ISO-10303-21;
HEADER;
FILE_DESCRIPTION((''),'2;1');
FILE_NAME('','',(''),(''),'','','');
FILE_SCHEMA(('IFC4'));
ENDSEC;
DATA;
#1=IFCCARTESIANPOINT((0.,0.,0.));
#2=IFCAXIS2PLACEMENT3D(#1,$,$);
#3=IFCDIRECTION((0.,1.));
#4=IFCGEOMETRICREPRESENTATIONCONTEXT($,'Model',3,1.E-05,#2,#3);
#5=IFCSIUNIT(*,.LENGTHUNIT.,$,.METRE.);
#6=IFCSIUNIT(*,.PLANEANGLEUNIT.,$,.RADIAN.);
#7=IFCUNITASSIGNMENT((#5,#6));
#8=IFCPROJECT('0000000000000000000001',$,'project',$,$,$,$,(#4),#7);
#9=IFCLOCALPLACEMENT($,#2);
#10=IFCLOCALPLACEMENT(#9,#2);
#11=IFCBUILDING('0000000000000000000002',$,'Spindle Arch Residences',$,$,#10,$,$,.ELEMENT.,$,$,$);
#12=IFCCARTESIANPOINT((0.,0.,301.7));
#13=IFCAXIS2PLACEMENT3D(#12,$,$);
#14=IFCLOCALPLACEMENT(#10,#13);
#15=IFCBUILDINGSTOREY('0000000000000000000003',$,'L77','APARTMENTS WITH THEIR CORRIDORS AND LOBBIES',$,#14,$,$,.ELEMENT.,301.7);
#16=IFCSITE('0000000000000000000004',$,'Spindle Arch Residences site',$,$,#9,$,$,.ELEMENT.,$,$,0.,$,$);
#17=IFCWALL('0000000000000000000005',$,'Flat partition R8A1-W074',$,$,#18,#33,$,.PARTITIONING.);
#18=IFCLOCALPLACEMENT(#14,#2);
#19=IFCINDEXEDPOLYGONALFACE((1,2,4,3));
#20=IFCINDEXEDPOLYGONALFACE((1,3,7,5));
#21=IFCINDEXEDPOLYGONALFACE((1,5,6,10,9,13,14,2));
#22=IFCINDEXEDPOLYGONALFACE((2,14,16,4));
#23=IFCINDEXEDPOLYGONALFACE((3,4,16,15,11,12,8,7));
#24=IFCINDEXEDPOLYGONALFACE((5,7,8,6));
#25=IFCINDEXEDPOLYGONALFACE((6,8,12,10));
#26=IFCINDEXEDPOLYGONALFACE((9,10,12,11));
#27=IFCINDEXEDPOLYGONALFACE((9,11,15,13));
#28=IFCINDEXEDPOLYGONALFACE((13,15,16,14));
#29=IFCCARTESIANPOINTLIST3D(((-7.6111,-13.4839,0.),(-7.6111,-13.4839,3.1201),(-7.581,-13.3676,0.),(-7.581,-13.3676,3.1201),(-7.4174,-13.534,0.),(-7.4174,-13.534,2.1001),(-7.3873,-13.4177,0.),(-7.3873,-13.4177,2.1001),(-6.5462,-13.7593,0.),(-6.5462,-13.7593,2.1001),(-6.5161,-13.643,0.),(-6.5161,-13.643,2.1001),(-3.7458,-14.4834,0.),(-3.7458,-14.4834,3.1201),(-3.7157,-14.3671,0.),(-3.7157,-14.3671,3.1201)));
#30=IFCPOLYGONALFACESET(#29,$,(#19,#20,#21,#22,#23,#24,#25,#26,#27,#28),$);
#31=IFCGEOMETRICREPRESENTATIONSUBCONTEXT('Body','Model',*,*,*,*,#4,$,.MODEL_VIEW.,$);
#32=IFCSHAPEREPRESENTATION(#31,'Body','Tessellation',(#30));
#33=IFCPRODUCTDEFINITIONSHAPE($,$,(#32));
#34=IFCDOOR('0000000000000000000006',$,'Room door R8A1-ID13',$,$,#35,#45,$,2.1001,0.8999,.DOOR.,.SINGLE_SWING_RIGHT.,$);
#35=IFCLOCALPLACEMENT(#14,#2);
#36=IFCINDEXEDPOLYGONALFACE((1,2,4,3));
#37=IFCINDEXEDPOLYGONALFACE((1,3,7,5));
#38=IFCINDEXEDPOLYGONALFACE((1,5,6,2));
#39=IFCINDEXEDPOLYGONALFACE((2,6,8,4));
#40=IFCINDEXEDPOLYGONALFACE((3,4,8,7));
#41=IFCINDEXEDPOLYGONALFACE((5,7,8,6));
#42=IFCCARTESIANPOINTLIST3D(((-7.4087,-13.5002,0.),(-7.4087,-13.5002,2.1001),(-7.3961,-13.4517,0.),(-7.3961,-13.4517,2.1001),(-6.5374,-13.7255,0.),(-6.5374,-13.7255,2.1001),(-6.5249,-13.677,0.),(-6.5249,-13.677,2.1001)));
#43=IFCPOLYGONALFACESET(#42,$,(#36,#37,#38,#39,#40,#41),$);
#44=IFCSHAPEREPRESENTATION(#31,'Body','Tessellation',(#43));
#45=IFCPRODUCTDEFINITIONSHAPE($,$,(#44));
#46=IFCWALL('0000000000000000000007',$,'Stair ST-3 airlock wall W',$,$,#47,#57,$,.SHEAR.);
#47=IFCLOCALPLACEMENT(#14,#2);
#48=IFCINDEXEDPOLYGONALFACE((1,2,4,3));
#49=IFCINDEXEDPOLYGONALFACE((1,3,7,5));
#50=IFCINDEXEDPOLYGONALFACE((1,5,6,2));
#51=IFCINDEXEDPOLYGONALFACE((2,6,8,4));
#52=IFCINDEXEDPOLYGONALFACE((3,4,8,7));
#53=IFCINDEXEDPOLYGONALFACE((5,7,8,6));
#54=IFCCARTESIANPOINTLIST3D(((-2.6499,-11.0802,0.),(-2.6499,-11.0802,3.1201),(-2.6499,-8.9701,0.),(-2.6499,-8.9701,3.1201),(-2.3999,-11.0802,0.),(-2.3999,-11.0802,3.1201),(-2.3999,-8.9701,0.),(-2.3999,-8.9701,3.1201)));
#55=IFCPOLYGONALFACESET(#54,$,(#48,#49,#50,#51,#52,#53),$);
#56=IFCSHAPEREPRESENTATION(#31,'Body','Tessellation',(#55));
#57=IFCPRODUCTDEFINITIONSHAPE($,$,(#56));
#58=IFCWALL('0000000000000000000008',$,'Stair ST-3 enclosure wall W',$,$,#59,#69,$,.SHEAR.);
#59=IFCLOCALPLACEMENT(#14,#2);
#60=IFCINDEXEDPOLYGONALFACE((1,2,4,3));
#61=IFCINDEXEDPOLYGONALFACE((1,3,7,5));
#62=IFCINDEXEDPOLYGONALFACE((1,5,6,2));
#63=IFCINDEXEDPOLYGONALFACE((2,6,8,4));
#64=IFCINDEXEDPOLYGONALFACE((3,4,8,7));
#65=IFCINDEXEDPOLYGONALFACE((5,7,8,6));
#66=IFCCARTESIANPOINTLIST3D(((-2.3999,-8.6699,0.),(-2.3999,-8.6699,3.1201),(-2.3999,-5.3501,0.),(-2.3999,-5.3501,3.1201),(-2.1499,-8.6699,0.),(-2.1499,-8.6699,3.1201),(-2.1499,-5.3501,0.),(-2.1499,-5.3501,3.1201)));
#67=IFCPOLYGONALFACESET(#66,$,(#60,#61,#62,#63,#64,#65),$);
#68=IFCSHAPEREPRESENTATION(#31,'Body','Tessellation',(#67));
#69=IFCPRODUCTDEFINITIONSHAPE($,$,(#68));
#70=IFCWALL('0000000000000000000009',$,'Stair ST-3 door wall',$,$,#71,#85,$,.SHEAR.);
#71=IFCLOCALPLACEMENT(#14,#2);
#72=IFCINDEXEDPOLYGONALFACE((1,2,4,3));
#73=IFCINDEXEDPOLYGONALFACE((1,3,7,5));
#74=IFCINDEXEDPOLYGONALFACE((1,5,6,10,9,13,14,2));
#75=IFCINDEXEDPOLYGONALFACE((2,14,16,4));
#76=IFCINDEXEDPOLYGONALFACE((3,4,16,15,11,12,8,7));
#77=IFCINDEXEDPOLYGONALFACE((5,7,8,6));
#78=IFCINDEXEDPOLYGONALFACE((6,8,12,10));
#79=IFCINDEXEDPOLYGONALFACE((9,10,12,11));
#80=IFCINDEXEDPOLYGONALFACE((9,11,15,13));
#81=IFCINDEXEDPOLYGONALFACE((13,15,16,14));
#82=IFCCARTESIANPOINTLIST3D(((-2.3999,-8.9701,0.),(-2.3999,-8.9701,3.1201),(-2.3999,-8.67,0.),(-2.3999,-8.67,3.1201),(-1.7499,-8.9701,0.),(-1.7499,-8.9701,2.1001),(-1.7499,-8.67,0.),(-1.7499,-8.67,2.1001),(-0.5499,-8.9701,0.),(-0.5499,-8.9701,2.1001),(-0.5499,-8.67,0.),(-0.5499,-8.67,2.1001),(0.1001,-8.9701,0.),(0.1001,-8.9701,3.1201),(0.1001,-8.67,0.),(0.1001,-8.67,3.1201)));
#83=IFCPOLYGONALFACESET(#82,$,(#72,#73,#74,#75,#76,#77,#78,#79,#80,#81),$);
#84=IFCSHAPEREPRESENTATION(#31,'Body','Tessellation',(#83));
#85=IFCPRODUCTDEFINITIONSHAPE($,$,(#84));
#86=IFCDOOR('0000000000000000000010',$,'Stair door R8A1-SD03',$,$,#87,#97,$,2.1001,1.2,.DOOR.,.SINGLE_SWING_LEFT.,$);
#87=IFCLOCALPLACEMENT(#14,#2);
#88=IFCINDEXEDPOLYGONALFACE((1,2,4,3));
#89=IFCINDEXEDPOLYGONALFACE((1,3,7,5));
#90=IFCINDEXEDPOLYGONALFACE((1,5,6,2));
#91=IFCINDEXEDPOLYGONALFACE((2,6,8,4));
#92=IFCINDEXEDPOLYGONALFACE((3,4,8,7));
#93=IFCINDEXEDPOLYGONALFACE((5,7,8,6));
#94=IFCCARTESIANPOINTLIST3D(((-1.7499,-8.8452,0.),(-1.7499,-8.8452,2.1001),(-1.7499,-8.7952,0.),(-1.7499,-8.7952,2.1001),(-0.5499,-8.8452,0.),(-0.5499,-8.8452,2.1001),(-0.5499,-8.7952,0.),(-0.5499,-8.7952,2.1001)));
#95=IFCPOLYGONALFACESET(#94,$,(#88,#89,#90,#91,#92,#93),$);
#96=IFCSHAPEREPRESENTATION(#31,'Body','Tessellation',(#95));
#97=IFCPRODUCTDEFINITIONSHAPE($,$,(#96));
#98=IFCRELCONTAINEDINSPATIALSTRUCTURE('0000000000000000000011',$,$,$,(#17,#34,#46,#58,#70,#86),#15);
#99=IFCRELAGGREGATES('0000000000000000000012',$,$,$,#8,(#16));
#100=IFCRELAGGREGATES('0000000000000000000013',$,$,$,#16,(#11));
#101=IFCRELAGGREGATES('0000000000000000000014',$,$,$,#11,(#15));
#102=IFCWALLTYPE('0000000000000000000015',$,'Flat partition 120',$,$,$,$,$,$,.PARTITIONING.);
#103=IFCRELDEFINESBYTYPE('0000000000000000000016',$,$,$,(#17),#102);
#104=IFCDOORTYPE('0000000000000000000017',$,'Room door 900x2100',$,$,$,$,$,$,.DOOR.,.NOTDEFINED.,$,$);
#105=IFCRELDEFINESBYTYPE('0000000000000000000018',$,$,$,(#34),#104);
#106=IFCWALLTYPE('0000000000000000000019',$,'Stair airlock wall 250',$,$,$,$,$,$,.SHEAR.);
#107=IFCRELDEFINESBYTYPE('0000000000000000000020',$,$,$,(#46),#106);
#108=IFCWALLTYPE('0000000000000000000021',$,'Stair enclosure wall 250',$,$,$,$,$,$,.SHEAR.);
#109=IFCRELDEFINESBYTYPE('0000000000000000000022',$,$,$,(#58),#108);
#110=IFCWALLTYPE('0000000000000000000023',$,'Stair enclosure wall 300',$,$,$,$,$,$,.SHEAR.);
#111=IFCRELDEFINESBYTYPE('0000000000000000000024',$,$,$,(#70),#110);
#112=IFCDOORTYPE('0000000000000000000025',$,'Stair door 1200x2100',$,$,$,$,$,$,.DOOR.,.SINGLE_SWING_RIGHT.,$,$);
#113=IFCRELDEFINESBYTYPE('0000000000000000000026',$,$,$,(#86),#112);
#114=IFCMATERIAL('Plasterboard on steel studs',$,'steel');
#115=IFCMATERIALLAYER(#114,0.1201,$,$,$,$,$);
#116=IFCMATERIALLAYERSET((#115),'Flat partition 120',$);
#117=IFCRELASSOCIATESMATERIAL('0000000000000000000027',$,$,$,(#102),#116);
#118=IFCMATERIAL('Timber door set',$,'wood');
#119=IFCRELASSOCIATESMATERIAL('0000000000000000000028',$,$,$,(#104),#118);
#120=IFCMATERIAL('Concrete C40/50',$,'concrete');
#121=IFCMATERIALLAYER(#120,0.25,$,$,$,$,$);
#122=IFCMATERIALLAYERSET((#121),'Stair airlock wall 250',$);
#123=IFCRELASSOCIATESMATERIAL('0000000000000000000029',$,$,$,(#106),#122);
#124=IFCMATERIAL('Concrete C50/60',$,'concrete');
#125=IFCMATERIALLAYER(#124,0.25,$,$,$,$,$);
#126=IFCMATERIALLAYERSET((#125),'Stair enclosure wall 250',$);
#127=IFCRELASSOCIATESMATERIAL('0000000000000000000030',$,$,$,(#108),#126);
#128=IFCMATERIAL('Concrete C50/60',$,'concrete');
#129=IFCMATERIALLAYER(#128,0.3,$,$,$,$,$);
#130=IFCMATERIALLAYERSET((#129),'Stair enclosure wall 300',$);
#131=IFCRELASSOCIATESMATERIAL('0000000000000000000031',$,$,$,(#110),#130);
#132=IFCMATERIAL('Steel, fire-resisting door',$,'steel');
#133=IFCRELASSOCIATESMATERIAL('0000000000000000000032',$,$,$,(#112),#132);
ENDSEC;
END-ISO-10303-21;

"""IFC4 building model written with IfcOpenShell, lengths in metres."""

from ifc_helpers import new_model, si_unit, direction, frame, frame_2d, origin, place, context, subcontext, project, spatial, rectangle, extrude, material, layer, layer_set, type_object, element, fill, save


model = new_model("IFC4")

# Units and contexts
model_context = context("Model", 3, precision=1e-05, world=origin(), true_north=direction((0.0, 1.0)))
body_context = subcontext(model_context, "Body", "Model", "MODEL_VIEW")
ifc_project = project(units=[si_unit("LENGTHUNIT", "METRE"), si_unit("PLANEANGLEUNIT", "RADIAN")], contexts=[model_context])

# Site, building, storey
site_placement = place(None, origin())
site = spatial("IfcSite", under=ifc_project, at=site_placement, Name="Spindle Arch Residences site", CompositionType="ELEMENT", RefElevation=0.0)
building_placement = place(site_placement, origin())
building = spatial("IfcBuilding", under=site, at=building_placement, Name="Spindle Arch Residences", CompositionType="ELEMENT")
storey_placement = place(building_placement, frame((0.0, 0.0, 301.7)))
storey = spatial("IfcBuildingStorey", under=building, at=storey_placement, Name="L77", Description="APARTMENTS WITH THEIR CORRIDORS AND LOBBIES", CompositionType="ELEMENT", Elevation=301.7)

# Shared definitions
ifc_material_1 = material(Name="Plasterboard on steel studs", Category="steel")
ifc_layer_1 = layer(ifc_material_1, 0.1201)
ifc_layer_set_1 = layer_set([ifc_layer_1], Name="Flat partition 120")
wall_type_1 = type_object("IfcWallType", Name="Flat partition 120", PredefinedType="PARTITIONING", material=ifc_layer_set_1)

# Wall, opening, door
wall_1_placement = place(storey_placement, frame((-7.5959, -13.4258, 0.0), z_axis=(0.0, 0.0, 1.0), x_axis=(0.968154, -0.250355, 0.0)))
wall_1 = element("IfcWall", 1, at=wall_1_placement, inside=storey, type_object=wall_type_1, Name="Flat partition R8A1-W074", PredefinedType="PARTITIONING", context=body_context, shape_type="SweptSolid", body=[
    extrude(rectangle(XDim=3.9924, YDim=0.1201, at=frame_2d((1.9961, 0.0))), origin(), (0.0, 0.0, 1.0), 3.1201),
])
opening_1_placement = place(wall_1_placement, frame((0.2, 0.0, 0.0)))
opening_1 = element("IfcOpeningElement", 2, at=opening_1_placement, cuts=wall_1, PredefinedType="OPENING", context=body_context, shape_type="SweptSolid", body=[
    extrude(rectangle(XDim=0.8999, YDim=2.1001, at=frame_2d((0.45, 1.05))), frame((0.0, 0.0701, 0.0), z_axis=(0.0, -1.0, 0.0), x_axis=(1.0, 0.0, 0.0)), (0.0, 0.0, 1.0), 0.1401),
])
ifc_material_2 = material(Name="Timber door set", Category="wood")
door_type_1 = type_object("IfcDoorType", Name="Room door 900x2100", OperationType="NOTDEFINED", PredefinedType="DOOR", material=ifc_material_2)
door_1_placement = place(opening_1_placement, origin())
door_1 = element("IfcDoor", 3, at=door_1_placement, inside=storey, type_object=door_type_1, Name="Room door R8A1-ID13", OperationType="SINGLE_SWING_RIGHT", OverallHeight=2.1001, OverallWidth=0.8999, PredefinedType="DOOR", context=body_context, shape_type="SweptSolid", body=[
    extrude(rectangle(XDim=0.8999, YDim=2.1001, at=frame_2d((0.45, 1.05))), frame((0.0, 0.0249, 0.0), z_axis=(0.0, -1.0, 0.0), x_axis=(1.0, 0.0, 0.0)), (0.0, 0.0, 1.0), 0.05),
])
fill(opening_1, door_1)

# Walls
ifc_material_3 = material(Name="Concrete C40/50", Category="concrete")
ifc_layer_2 = layer(ifc_material_3, 0.25)
ifc_layer_set_2 = layer_set([ifc_layer_2], Name="Stair airlock wall 250")
wall_type_2 = type_object("IfcWallType", Name="Stair airlock wall 250", PredefinedType="SHEAR", material=ifc_layer_set_2)
wall_2_placement = place(storey_placement, frame((-2.5249, -8.97, 0.0), z_axis=(0.0, 0.0, 1.0), x_axis=(0.0, -1.0, 0.0)))
element("IfcWall", 4, at=wall_2_placement, inside=storey, type_object=wall_type_2, Name="Stair ST-3 airlock wall W", PredefinedType="SHEAR", context=body_context, shape_type="SweptSolid", body=[
    extrude(rectangle(XDim=2.1101, YDim=0.25, at=frame_2d((1.0552, 0.0))), origin(), (0.0, 0.0, 1.0), 3.1201),
])
ifc_material_4 = material(Name="Concrete C50/60", Category="concrete")
ifc_layer_3 = layer(ifc_material_4, 0.25)
ifc_layer_set_3 = layer_set([ifc_layer_3], Name="Stair enclosure wall 250")
wall_type_3 = type_object("IfcWallType", Name="Stair enclosure wall 250", PredefinedType="SHEAR", material=ifc_layer_set_3)
wall_3_placement = place(storey_placement, frame((-2.2749, -8.6699, 0.0), z_axis=(0.0, 0.0, 1.0), x_axis=(0.0, 1.0, 0.0)))
element("IfcWall", 5, at=wall_3_placement, inside=storey, type_object=wall_type_3, Name="Stair ST-3 enclosure wall W", PredefinedType="SHEAR", context=body_context, shape_type="SweptSolid", body=[
    extrude(rectangle(XDim=3.3198, YDim=0.25, at=frame_2d((1.6599, 0.0))), origin(), (0.0, 0.0, 1.0), 3.1201),
])

# Wall, opening, door
ifc_material_5 = material(Name="Concrete C50/60", Category="concrete")
ifc_layer_4 = layer(ifc_material_5, 0.3)
ifc_layer_set_4 = layer_set([ifc_layer_4], Name="Stair enclosure wall 300")
wall_type_4 = type_object("IfcWallType", Name="Stair enclosure wall 300", PredefinedType="SHEAR", material=ifc_layer_set_4)
wall_4_placement = place(storey_placement, frame((-2.3999, -8.8201, 0.0), z_axis=(0.0, 0.0, 1.0), x_axis=(1.0, 0.0, 0.0)))
wall_4 = element("IfcWall", 6, at=wall_4_placement, inside=storey, type_object=wall_type_4, Name="Stair ST-3 door wall", PredefinedType="SHEAR", context=body_context, shape_type="SweptSolid", body=[
    extrude(rectangle(XDim=2.5, YDim=0.3, at=frame_2d((1.25, 0.0))), origin(), (0.0, 0.0, 1.0), 3.1201),
])
opening_2_placement = place(wall_4_placement, frame((0.6499, 0.0, 0.0)))
opening_2 = element("IfcOpeningElement", 7, at=opening_2_placement, cuts=wall_4, PredefinedType="OPENING", context=body_context, shape_type="SweptSolid", body=[
    extrude(rectangle(XDim=1.2, YDim=2.1001, at=frame_2d((0.6001, 1.05))), frame((0.0, 0.1602, 0.0), z_axis=(0.0, -1.0, 0.0), x_axis=(1.0, 0.0, 0.0)), (0.0, 0.0, 1.0), 0.3201),
])
ifc_material_6 = material(Name="Steel, fire-resisting door", Category="steel")
door_type_2 = type_object("IfcDoorType", Name="Stair door 1200x2100", OperationType="SINGLE_SWING_RIGHT", PredefinedType="DOOR", material=ifc_material_6)
door_2_placement = place(opening_2_placement, origin())
door_2 = element("IfcDoor", 8, at=door_2_placement, inside=storey, type_object=door_type_2, Name="Stair door R8A1-SD03", OperationType="SINGLE_SWING_LEFT", OverallHeight=2.1001, OverallWidth=1.2, PredefinedType="DOOR", context=body_context, shape_type="SweptSolid", body=[
    extrude(rectangle(XDim=1.2, YDim=2.1001, at=frame_2d((0.6001, 1.05))), frame((0.0, 0.0249, 0.0), z_axis=(0.0, -1.0, 0.0), x_axis=(1.0, 0.0, 0.0)), (0.0, 0.0, 1.0), 0.05),
])
fill(opening_2, door_2)

save(model, "model.ifc")
